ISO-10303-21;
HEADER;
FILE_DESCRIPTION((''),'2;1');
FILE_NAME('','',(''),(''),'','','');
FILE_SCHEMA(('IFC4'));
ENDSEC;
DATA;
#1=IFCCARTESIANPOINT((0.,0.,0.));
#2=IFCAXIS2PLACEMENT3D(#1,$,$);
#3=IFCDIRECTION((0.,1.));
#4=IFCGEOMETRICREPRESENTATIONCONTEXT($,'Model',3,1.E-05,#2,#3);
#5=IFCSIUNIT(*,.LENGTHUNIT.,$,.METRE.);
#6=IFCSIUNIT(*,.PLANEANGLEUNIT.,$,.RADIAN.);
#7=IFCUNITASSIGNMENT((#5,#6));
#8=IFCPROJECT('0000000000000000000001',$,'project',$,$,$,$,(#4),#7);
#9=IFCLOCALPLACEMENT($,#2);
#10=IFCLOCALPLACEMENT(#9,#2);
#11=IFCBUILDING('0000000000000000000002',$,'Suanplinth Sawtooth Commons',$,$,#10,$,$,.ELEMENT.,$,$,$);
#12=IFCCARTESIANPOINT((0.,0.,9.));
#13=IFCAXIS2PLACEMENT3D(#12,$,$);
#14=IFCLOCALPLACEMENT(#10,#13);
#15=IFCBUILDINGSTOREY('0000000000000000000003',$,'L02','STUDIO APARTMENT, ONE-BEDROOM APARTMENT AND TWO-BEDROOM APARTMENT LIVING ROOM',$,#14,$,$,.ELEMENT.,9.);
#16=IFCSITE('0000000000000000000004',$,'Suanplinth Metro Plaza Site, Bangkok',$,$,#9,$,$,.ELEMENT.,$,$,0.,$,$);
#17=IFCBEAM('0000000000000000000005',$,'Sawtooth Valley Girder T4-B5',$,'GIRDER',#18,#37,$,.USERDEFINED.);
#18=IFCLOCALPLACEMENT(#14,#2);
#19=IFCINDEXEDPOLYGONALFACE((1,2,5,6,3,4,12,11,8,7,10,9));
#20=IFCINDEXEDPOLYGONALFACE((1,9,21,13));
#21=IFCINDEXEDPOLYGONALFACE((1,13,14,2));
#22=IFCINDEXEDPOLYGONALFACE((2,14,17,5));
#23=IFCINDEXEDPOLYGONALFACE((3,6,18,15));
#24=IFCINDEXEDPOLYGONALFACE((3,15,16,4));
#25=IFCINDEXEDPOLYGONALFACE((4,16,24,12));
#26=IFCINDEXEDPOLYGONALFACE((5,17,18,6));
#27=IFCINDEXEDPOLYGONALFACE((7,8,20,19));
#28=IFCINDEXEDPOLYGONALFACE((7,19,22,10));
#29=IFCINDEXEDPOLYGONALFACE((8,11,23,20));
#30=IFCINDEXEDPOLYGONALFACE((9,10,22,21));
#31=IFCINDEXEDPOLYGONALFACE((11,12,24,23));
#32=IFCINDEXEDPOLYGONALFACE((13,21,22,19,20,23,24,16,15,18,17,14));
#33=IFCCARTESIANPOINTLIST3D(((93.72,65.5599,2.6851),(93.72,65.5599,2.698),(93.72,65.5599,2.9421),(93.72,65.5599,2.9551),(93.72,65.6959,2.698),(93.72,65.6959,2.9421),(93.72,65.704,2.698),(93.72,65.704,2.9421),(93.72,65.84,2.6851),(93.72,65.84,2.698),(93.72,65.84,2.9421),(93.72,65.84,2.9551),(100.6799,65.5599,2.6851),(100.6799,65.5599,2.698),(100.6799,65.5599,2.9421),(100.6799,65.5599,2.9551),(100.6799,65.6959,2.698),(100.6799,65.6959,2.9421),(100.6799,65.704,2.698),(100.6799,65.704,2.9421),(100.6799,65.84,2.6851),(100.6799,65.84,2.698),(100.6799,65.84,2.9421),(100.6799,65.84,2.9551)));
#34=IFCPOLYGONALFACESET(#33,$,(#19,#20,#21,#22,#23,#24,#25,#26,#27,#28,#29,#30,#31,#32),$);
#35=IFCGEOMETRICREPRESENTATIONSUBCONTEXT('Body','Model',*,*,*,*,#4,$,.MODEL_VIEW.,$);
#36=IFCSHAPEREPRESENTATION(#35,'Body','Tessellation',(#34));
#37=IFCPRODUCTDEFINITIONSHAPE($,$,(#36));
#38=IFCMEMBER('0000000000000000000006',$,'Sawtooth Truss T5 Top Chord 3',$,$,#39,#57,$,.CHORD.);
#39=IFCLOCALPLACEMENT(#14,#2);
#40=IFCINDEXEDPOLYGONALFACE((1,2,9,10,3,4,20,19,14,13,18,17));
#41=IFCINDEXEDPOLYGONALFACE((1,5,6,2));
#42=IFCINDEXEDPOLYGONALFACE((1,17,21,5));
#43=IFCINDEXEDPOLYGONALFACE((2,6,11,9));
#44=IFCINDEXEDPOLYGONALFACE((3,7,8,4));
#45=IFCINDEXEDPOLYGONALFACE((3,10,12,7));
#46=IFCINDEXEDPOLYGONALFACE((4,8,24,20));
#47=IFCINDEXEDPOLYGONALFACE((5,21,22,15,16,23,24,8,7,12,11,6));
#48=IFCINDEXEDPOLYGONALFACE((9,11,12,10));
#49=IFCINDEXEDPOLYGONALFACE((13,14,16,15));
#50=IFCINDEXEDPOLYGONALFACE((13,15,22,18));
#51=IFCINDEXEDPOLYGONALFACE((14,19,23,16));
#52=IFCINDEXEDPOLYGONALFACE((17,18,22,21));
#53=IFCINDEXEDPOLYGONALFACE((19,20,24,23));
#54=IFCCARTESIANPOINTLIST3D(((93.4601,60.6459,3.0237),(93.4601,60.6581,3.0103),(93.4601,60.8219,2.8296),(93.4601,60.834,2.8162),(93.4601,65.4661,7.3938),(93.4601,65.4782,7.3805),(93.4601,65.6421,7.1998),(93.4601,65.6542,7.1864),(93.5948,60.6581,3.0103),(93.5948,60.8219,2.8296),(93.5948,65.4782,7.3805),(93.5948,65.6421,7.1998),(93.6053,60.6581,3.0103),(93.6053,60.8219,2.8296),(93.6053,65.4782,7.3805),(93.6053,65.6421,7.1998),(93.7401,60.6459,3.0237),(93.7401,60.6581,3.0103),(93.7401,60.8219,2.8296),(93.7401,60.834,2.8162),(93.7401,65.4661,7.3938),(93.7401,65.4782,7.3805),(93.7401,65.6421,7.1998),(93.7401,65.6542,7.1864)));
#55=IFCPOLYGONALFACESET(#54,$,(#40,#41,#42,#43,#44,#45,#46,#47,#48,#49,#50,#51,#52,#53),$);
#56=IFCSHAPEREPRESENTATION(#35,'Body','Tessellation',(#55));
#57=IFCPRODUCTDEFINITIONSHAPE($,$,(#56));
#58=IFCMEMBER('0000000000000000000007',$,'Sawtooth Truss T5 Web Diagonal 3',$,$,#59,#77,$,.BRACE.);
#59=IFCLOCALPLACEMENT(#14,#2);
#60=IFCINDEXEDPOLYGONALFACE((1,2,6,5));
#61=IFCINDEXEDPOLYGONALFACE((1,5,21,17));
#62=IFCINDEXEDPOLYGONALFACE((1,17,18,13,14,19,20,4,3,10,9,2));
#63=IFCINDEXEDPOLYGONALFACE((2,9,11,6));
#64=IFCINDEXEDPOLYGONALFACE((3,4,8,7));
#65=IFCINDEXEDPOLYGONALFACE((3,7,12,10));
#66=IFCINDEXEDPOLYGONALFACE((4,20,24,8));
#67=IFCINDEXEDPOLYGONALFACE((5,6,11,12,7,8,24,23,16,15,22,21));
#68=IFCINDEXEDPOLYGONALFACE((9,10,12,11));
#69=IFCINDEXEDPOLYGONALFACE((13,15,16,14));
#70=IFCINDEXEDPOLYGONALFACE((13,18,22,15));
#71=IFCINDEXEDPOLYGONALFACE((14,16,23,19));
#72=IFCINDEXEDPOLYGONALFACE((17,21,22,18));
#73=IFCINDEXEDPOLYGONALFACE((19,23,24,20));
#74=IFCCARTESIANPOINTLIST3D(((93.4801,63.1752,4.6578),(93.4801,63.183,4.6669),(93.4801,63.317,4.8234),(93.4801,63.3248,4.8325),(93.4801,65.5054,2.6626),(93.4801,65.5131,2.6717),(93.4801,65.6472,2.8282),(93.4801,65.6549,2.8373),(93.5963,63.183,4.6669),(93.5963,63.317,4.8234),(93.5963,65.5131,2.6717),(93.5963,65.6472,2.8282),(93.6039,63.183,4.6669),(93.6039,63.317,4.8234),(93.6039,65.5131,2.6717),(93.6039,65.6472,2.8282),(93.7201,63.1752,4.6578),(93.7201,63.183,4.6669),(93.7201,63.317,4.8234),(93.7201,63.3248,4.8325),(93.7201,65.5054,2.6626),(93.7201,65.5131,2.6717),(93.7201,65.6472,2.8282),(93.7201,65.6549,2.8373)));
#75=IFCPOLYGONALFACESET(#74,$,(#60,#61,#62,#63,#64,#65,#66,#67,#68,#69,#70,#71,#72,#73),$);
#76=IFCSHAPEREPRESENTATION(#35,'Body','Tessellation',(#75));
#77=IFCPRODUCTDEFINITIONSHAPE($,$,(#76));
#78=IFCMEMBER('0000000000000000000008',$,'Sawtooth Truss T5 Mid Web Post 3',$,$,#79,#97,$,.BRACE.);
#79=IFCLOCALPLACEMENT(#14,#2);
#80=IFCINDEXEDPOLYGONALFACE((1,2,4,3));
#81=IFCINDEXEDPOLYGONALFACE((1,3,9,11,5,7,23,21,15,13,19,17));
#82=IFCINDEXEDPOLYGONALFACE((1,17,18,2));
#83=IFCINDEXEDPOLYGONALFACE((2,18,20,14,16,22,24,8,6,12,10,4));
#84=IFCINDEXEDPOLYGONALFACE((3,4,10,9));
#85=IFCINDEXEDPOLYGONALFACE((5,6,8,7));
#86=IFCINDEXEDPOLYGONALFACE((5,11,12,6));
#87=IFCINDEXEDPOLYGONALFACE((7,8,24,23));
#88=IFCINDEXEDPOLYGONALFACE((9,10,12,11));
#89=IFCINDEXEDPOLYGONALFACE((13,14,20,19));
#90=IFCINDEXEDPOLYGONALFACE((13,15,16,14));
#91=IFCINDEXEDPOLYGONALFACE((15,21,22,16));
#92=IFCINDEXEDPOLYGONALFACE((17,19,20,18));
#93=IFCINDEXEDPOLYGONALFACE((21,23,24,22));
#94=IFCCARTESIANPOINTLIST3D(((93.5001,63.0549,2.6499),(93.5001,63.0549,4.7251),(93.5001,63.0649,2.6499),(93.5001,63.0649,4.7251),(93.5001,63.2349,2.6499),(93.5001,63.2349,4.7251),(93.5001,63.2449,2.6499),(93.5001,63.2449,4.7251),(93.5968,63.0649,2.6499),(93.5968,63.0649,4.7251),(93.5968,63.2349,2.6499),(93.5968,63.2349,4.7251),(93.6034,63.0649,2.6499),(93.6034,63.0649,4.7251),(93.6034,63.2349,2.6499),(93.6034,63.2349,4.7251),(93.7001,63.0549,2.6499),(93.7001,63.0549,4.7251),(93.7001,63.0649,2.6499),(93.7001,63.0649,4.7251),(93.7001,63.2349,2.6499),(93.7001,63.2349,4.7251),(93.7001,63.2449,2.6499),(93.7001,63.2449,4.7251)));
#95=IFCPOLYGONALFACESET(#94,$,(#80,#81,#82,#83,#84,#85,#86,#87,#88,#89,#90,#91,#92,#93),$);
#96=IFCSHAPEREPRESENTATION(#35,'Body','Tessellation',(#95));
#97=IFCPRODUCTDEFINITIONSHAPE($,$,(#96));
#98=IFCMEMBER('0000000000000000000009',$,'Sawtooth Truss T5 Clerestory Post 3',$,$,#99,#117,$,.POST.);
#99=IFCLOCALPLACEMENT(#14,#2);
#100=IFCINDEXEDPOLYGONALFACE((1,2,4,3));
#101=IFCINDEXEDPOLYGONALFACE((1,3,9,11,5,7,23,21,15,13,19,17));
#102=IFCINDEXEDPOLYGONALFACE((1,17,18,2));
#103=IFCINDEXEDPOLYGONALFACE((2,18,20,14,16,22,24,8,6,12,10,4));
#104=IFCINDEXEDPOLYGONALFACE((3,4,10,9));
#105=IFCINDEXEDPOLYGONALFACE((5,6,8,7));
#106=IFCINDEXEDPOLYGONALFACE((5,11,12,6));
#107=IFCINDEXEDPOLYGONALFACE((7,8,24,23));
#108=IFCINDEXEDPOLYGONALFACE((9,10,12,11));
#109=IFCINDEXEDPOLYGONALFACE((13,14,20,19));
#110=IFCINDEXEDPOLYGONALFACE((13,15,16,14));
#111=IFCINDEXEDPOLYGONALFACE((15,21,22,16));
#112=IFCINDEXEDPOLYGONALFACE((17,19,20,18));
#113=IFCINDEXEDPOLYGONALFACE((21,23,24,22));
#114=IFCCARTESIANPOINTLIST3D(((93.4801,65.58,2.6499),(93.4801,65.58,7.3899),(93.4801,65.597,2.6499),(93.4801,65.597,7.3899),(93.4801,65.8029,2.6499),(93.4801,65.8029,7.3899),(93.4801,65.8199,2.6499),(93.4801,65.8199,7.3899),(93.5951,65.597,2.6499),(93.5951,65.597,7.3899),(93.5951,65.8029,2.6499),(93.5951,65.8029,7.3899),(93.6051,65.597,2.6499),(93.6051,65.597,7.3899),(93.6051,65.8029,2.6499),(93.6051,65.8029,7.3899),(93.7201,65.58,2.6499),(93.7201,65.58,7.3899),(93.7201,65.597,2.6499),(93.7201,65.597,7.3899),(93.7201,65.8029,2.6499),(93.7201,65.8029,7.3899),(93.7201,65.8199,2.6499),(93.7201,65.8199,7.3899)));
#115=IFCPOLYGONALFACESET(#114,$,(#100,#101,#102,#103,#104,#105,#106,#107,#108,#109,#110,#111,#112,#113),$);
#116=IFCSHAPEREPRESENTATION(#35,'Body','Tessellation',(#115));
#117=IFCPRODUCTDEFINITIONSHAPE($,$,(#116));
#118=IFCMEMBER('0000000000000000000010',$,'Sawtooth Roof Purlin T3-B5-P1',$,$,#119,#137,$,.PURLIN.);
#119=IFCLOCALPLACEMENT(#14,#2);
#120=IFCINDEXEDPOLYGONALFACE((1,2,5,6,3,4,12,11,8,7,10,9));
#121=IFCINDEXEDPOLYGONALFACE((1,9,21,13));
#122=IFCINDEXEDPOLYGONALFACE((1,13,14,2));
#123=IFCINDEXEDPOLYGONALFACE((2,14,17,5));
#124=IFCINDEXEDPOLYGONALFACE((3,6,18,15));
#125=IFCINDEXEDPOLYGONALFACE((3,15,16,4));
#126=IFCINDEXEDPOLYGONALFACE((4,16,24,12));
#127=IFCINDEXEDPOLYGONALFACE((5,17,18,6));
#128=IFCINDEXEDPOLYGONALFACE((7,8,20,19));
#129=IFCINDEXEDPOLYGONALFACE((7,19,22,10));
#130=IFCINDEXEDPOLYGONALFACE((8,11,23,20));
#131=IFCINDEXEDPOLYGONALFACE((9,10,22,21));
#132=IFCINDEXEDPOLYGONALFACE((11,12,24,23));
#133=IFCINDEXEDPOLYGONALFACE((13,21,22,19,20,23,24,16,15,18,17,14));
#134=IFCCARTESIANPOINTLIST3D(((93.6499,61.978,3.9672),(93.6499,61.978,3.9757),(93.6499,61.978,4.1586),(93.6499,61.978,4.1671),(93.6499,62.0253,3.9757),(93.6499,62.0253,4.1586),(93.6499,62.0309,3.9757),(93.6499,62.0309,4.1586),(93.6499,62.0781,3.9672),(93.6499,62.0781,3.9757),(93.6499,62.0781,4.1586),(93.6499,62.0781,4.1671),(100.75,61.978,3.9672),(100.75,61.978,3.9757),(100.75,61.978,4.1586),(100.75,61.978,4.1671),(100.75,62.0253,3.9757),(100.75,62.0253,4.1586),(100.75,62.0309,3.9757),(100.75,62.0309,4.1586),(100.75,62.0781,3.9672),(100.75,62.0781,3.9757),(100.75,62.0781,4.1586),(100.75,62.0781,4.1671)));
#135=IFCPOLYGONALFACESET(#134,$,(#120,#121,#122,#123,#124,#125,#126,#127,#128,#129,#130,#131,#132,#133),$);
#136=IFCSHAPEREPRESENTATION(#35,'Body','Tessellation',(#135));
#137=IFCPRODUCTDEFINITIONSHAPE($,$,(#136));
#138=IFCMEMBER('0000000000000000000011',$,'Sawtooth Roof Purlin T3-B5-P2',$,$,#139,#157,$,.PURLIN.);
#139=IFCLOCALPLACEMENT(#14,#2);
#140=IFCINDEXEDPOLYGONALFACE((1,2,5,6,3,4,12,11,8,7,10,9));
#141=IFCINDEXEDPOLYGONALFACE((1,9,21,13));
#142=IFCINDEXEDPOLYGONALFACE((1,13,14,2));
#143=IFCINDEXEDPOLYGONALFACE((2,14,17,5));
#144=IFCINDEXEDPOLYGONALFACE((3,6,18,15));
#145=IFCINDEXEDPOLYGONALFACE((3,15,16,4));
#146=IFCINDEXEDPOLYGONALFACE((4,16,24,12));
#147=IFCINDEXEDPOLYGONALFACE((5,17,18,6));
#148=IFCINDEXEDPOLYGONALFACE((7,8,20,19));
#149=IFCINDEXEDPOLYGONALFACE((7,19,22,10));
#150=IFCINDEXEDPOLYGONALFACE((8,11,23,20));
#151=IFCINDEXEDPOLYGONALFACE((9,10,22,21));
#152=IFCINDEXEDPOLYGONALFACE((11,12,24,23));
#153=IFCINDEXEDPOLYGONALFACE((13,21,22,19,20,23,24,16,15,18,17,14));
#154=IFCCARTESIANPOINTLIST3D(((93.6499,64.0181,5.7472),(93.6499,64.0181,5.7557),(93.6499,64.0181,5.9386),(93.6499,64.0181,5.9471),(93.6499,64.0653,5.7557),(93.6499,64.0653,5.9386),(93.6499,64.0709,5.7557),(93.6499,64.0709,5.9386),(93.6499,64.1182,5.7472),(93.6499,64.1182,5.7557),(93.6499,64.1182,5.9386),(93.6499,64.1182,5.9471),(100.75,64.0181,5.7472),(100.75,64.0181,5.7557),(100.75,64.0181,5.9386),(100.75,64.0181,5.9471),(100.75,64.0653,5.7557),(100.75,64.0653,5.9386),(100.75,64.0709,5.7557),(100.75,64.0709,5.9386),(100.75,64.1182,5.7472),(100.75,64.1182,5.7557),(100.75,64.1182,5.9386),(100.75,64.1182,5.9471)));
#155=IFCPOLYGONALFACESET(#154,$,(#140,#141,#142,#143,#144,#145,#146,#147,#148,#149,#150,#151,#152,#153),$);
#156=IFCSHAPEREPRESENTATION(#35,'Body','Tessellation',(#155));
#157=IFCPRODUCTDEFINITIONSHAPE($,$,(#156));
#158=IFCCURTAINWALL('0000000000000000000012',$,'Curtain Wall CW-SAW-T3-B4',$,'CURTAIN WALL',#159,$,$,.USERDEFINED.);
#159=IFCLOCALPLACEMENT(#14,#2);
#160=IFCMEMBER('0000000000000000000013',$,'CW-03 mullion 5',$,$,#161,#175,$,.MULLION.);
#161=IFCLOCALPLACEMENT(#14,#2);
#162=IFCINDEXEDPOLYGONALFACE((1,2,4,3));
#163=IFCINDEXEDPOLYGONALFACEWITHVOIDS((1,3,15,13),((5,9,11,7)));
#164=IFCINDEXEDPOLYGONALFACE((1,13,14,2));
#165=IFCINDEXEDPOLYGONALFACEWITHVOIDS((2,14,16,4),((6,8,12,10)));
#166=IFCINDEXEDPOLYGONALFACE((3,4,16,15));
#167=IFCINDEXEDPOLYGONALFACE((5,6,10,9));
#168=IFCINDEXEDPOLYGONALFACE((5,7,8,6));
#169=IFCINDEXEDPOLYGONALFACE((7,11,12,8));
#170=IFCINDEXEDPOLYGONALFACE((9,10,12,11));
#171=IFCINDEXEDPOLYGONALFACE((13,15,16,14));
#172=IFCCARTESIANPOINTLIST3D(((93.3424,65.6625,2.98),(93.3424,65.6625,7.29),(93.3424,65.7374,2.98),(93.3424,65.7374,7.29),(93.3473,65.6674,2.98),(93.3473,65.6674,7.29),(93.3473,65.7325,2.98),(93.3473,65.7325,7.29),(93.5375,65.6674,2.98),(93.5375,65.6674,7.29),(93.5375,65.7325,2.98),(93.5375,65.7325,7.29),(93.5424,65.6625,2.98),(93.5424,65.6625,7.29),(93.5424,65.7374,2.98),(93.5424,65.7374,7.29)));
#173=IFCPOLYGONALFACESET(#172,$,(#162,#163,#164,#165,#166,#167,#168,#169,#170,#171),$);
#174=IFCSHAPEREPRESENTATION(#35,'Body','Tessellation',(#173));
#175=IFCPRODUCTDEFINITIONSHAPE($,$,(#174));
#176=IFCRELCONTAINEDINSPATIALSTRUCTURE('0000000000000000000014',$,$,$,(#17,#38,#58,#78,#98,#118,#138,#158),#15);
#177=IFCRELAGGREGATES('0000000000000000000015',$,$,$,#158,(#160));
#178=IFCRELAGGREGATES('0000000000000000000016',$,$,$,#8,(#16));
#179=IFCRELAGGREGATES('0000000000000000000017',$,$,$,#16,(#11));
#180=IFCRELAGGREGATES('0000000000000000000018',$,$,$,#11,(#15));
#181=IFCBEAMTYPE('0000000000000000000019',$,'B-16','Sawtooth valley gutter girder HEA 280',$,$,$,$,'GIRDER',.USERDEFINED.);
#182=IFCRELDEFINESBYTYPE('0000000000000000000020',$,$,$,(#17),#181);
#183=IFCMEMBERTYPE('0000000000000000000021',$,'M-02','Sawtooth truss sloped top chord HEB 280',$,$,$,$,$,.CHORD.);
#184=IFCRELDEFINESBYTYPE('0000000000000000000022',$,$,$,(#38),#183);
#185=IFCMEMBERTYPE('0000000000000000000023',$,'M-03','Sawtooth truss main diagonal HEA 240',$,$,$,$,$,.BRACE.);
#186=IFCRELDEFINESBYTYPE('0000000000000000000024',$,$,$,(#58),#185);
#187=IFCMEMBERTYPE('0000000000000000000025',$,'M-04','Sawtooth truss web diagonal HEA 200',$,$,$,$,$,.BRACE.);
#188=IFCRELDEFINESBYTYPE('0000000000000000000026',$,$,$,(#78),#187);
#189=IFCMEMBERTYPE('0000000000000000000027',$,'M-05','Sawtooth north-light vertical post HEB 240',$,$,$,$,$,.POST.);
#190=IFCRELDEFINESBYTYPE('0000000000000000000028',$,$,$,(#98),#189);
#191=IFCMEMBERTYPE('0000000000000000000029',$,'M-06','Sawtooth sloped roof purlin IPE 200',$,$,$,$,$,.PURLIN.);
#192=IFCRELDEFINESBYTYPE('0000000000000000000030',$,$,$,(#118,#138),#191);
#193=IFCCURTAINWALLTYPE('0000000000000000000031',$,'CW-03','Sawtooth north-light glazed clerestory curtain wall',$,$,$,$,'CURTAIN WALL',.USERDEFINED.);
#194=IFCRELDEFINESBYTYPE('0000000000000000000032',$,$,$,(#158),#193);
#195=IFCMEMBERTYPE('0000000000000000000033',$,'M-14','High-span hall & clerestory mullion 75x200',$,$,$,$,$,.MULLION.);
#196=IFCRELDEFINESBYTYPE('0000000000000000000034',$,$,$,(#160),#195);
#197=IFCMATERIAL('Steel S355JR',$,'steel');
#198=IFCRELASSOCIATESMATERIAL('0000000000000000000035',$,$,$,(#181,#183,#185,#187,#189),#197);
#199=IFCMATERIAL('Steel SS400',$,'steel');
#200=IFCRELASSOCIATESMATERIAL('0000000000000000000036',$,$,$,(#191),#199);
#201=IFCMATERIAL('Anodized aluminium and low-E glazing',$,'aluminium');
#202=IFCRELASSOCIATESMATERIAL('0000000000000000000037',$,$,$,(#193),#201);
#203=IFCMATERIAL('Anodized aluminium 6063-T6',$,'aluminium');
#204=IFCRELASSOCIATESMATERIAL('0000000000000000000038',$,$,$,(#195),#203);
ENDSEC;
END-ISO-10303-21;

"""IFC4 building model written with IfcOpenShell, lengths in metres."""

from ifc_helpers import new_model, si_unit, direction, frame, origin, origin_2d, place, context, subcontext, project, spatial, hollow_rectangle, i_section, extrude, material, material_profile, profile_set, type_object, element, aggregate, save


model = new_model("IFC4")

# Units and contexts
model_context = context("Model", 3, precision=1e-05, world=origin(), true_north=direction((0.0, 1.0)))
body_context = subcontext(model_context, "Body", "Model", "MODEL_VIEW")
ifc_project = project(units=[si_unit("LENGTHUNIT", "METRE"), si_unit("PLANEANGLEUNIT", "RADIAN")], contexts=[model_context])

# Site, building, storey
site_placement = place(None, origin())
site = spatial("IfcSite", under=ifc_project, at=site_placement, Name="Suanplinth Metro Plaza Site, Bangkok", CompositionType="ELEMENT", RefElevation=0.0)
building_placement = place(site_placement, origin())
building = spatial("IfcBuilding", under=site, at=building_placement, Name="Suanplinth Sawtooth Commons", CompositionType="ELEMENT")
storey_placement = place(building_placement, frame((0.0, 0.0, 9.0)))
storey = spatial("IfcBuildingStorey", under=building, at=storey_placement, Name="L02", Description="STUDIO APARTMENT, ONE-BEDROOM APARTMENT AND TWO-BEDROOM APARTMENT LIVING ROOM", CompositionType="ELEMENT", Elevation=9.0)

# Beam
ifc_material_1 = material(Name="Steel S355JR", Category="steel")
ifc_material_profile_1 = material_profile(ifc_material_1, i_section(OverallWidth=0.28, OverallDepth=0.27, WebThickness=0.0081, FlangeThickness=0.0129, at=origin_2d()), Name="HEA 280")
ifc_profile_set_1 = profile_set([ifc_material_profile_1], Name="Steel S355JR")
beam_type = type_object("IfcBeamType", Name="B-16", Description="Sawtooth valley gutter girder HEA 280", ElementType="GIRDER", PredefinedType="USERDEFINED", material=ifc_profile_set_1)
beam_placement = place(storey_placement, frame((93.72, 65.7, 2.8201), z_axis=(1.0, 0.0, 0.0), x_axis=(0.0, 1.0, 0.0)))
element("IfcBeam", 1, at=beam_placement, inside=storey, type_object=beam_type, Name="Sawtooth Valley Girder T4-B5", ObjectType="GIRDER", PredefinedType="USERDEFINED", context=body_context, shape_type="SweptSolid", body=[
    extrude(i_section(OverallWidth=0.28, OverallDepth=0.27, WebThickness=0.0081, FlangeThickness=0.0129, at=origin_2d()), origin(), (0.0, 0.0, 1.0), 6.96),
])

# Members
ifc_material_profile_2 = material_profile(ifc_material_1, i_section(OverallWidth=0.28, OverallDepth=0.28, WebThickness=0.0105, FlangeThickness=0.0181, at=origin_2d()), Name="HEB 280")
ifc_profile_set_2 = profile_set([ifc_material_profile_2], Name="Steel S355JR")
member_type_1 = type_object("IfcMemberType", Name="M-02", Description="Sawtooth truss sloped top chord HEB 280", PredefinedType="CHORD", material=ifc_profile_set_2)
member_1_placement = place(storey_placement, frame((93.6001, 60.74, 2.9199), z_axis=(0.0, 0.740839, 0.671682), x_axis=(-1.0, 0.0, 0.0)))
element("IfcMember", 2, at=member_1_placement, inside=storey, type_object=member_type_1, Name="Sawtooth Truss T5 Top Chord 3", PredefinedType="CHORD", context=body_context, shape_type="SweptSolid", body=[
    extrude(i_section(OverallWidth=0.28, OverallDepth=0.28, WebThickness=0.0105, FlangeThickness=0.0181, at=origin_2d()), origin(), (0.0, 0.0, 1.0), 6.5063),
])
ifc_material_profile_3 = material_profile(ifc_material_1, i_section(OverallWidth=0.24, OverallDepth=0.23, WebThickness=0.0076, FlangeThickness=0.012, at=origin_2d()), Name="HEA 240")
ifc_profile_set_3 = profile_set([ifc_material_profile_3], Name="Steel S355JR")
member_type_2 = type_object("IfcMemberType", Name="M-03", Description="Sawtooth truss main diagonal HEA 240", PredefinedType="BRACE", material=ifc_profile_set_3)
member_2_placement = place(storey_placement, frame((93.6001, 63.25, 4.7451), z_axis=(0.0, 0.759594, -0.650398), x_axis=(-1.0, 0.0, 0.0)))
element("IfcMember", 3, at=member_2_placement, inside=storey, type_object=member_type_2, Name="Sawtooth Truss T5 Web Diagonal 3", PredefinedType="BRACE", context=body_context, shape_type="SweptSolid", body=[
    extrude(i_section(OverallWidth=0.24, OverallDepth=0.23, WebThickness=0.0076, FlangeThickness=0.012, at=origin_2d()), origin(), (0.0, 0.0, 1.0), 3.0676),
])
ifc_material_profile_4 = material_profile(ifc_material_1, i_section(OverallWidth=0.2, OverallDepth=0.1899, WebThickness=0.0066, FlangeThickness=0.01, at=origin_2d()), Name="HEA 200")
ifc_profile_set_4 = profile_set([ifc_material_profile_4], Name="Steel S355JR")
member_type_3 = type_object("IfcMemberType", Name="M-04", Description="Sawtooth truss web diagonal HEA 200", PredefinedType="BRACE", material=ifc_profile_set_4)
member_3_placement = place(storey_placement, frame((93.6001, 63.1499, 2.6499), z_axis=(0.0, 0.0, 1.0), x_axis=(1.0, 0.0, 0.0)))
element("IfcMember", 4, at=member_3_placement, inside=storey, type_object=member_type_3, Name="Sawtooth Truss T5 Mid Web Post 3", PredefinedType="BRACE", context=body_context, shape_type="SweptSolid", body=[
    extrude(i_section(OverallWidth=0.2, OverallDepth=0.1899, WebThickness=0.0066, FlangeThickness=0.01, at=origin_2d()), origin(), (0.0, 0.0, 1.0), 2.0752),
])
ifc_material_profile_5 = material_profile(ifc_material_1, i_section(OverallWidth=0.24, OverallDepth=0.24, WebThickness=0.01, FlangeThickness=0.0171, at=origin_2d()), Name="HEB 240")
ifc_profile_set_5 = profile_set([ifc_material_profile_5], Name="Steel S355JR")
member_type_4 = type_object("IfcMemberType", Name="M-05", Description="Sawtooth north-light vertical post HEB 240", PredefinedType="POST", material=ifc_profile_set_5)
member_4_placement = place(storey_placement, frame((93.6001, 65.7, 2.6499), z_axis=(0.0, 0.0, 1.0), x_axis=(1.0, 0.0, 0.0)))
element("IfcMember", 5, at=member_4_placement, inside=storey, type_object=member_type_4, Name="Sawtooth Truss T5 Clerestory Post 3", PredefinedType="POST", context=body_context, shape_type="SweptSolid", body=[
    extrude(i_section(OverallWidth=0.24, OverallDepth=0.24, WebThickness=0.01, FlangeThickness=0.0171, at=origin_2d()), origin(), (0.0, 0.0, 1.0), 4.74),
])
ifc_material_2 = material(Name="Steel SS400", Category="steel")
ifc_material_profile_6 = material_profile(ifc_material_2, i_section(OverallWidth=0.1001, OverallDepth=0.2, WebThickness=0.0056, FlangeThickness=0.0085, at=origin_2d()), Name="IPE 200")
ifc_profile_set_6 = profile_set([ifc_material_profile_6], Name="Steel SS400")
member_type_5 = type_object("IfcMemberType", Name="M-06", Description="Sawtooth sloped roof purlin IPE 200", PredefinedType="PURLIN", material=ifc_profile_set_6)
for number, where, z_axis, x_axis, name in (
    (6, (93.6499, 62.0281, 4.0671), (1.0, 0.0, 0.0), (0.0, 1.0, 0.0), "Sawtooth Roof Purlin T3-B5-P1"),
    (7, (93.6499, 64.0681, 5.8472), (1.0, 0.0, 0.0), (0.0, 1.0, 0.0), "Sawtooth Roof Purlin T3-B5-P2"),
):
    element("IfcMember", number, at=place(storey_placement, frame(where, z_axis=z_axis, x_axis=x_axis)), inside=storey, type_object=member_type_5, Name=name, PredefinedType="PURLIN", context=body_context, shape_type="SweptSolid", body=[
        extrude(i_section(OverallWidth=0.1001, OverallDepth=0.2, WebThickness=0.0056, FlangeThickness=0.0085, at=origin_2d()), origin(), (0.0, 0.0, 1.0), 7.1001),
    ])

# Curtain wall, member
ifc_material_3 = material(Name="Anodized aluminium and low-E glazing", Category="aluminium")
curtain_wall_type = type_object("IfcCurtainWallType", Name="CW-03", Description="Sawtooth north-light glazed clerestory curtain wall", ElementType="CURTAIN WALL", PredefinedType="USERDEFINED", material=ifc_material_3)
curtain_wall_1_placement = place(storey_placement, origin())
curtain_wall_1 = element("IfcCurtainWall", 8, at=curtain_wall_1_placement, inside=storey, type_object=curtain_wall_type, Name="Curtain Wall CW-SAW-T3-B4", ObjectType="CURTAIN WALL", PredefinedType="USERDEFINED")
ifc_material_4 = material(Name="Anodized aluminium 6063-T6", Category="aluminium")
ifc_material_profile_7 = material_profile(ifc_material_4, hollow_rectangle(XDim=0.075, YDim=0.2, WallThickness=0.0049, at=origin_2d()), Name="ALU-MUL 75x200")
ifc_profile_set_7 = profile_set([ifc_material_profile_7], Name="Anodized aluminium 6063-T6")
member_type_6 = type_object("IfcMemberType", Name="M-14", Description="High-span hall & clerestory mullion 75x200", PredefinedType="MULLION", material=ifc_profile_set_7)
member_5_placement = place(storey_placement, frame((93.4424, 65.7, 2.98), z_axis=(0.0, 0.0, 1.0), x_axis=(0.0, 1.0, 0.0)))
member_5 = element("IfcMember", 9, at=member_5_placement, type_object=member_type_6, Name="CW-03 mullion 5", PredefinedType="MULLION", context=body_context, shape_type="SweptSolid", body=[
    extrude(hollow_rectangle(XDim=0.075, YDim=0.2, WallThickness=0.0049, at=origin_2d()), origin(), (0.0, 0.0, 1.0), 4.3101),
])

aggregate(curtain_wall_1, [member_5])

save(model, "model.ifc")
